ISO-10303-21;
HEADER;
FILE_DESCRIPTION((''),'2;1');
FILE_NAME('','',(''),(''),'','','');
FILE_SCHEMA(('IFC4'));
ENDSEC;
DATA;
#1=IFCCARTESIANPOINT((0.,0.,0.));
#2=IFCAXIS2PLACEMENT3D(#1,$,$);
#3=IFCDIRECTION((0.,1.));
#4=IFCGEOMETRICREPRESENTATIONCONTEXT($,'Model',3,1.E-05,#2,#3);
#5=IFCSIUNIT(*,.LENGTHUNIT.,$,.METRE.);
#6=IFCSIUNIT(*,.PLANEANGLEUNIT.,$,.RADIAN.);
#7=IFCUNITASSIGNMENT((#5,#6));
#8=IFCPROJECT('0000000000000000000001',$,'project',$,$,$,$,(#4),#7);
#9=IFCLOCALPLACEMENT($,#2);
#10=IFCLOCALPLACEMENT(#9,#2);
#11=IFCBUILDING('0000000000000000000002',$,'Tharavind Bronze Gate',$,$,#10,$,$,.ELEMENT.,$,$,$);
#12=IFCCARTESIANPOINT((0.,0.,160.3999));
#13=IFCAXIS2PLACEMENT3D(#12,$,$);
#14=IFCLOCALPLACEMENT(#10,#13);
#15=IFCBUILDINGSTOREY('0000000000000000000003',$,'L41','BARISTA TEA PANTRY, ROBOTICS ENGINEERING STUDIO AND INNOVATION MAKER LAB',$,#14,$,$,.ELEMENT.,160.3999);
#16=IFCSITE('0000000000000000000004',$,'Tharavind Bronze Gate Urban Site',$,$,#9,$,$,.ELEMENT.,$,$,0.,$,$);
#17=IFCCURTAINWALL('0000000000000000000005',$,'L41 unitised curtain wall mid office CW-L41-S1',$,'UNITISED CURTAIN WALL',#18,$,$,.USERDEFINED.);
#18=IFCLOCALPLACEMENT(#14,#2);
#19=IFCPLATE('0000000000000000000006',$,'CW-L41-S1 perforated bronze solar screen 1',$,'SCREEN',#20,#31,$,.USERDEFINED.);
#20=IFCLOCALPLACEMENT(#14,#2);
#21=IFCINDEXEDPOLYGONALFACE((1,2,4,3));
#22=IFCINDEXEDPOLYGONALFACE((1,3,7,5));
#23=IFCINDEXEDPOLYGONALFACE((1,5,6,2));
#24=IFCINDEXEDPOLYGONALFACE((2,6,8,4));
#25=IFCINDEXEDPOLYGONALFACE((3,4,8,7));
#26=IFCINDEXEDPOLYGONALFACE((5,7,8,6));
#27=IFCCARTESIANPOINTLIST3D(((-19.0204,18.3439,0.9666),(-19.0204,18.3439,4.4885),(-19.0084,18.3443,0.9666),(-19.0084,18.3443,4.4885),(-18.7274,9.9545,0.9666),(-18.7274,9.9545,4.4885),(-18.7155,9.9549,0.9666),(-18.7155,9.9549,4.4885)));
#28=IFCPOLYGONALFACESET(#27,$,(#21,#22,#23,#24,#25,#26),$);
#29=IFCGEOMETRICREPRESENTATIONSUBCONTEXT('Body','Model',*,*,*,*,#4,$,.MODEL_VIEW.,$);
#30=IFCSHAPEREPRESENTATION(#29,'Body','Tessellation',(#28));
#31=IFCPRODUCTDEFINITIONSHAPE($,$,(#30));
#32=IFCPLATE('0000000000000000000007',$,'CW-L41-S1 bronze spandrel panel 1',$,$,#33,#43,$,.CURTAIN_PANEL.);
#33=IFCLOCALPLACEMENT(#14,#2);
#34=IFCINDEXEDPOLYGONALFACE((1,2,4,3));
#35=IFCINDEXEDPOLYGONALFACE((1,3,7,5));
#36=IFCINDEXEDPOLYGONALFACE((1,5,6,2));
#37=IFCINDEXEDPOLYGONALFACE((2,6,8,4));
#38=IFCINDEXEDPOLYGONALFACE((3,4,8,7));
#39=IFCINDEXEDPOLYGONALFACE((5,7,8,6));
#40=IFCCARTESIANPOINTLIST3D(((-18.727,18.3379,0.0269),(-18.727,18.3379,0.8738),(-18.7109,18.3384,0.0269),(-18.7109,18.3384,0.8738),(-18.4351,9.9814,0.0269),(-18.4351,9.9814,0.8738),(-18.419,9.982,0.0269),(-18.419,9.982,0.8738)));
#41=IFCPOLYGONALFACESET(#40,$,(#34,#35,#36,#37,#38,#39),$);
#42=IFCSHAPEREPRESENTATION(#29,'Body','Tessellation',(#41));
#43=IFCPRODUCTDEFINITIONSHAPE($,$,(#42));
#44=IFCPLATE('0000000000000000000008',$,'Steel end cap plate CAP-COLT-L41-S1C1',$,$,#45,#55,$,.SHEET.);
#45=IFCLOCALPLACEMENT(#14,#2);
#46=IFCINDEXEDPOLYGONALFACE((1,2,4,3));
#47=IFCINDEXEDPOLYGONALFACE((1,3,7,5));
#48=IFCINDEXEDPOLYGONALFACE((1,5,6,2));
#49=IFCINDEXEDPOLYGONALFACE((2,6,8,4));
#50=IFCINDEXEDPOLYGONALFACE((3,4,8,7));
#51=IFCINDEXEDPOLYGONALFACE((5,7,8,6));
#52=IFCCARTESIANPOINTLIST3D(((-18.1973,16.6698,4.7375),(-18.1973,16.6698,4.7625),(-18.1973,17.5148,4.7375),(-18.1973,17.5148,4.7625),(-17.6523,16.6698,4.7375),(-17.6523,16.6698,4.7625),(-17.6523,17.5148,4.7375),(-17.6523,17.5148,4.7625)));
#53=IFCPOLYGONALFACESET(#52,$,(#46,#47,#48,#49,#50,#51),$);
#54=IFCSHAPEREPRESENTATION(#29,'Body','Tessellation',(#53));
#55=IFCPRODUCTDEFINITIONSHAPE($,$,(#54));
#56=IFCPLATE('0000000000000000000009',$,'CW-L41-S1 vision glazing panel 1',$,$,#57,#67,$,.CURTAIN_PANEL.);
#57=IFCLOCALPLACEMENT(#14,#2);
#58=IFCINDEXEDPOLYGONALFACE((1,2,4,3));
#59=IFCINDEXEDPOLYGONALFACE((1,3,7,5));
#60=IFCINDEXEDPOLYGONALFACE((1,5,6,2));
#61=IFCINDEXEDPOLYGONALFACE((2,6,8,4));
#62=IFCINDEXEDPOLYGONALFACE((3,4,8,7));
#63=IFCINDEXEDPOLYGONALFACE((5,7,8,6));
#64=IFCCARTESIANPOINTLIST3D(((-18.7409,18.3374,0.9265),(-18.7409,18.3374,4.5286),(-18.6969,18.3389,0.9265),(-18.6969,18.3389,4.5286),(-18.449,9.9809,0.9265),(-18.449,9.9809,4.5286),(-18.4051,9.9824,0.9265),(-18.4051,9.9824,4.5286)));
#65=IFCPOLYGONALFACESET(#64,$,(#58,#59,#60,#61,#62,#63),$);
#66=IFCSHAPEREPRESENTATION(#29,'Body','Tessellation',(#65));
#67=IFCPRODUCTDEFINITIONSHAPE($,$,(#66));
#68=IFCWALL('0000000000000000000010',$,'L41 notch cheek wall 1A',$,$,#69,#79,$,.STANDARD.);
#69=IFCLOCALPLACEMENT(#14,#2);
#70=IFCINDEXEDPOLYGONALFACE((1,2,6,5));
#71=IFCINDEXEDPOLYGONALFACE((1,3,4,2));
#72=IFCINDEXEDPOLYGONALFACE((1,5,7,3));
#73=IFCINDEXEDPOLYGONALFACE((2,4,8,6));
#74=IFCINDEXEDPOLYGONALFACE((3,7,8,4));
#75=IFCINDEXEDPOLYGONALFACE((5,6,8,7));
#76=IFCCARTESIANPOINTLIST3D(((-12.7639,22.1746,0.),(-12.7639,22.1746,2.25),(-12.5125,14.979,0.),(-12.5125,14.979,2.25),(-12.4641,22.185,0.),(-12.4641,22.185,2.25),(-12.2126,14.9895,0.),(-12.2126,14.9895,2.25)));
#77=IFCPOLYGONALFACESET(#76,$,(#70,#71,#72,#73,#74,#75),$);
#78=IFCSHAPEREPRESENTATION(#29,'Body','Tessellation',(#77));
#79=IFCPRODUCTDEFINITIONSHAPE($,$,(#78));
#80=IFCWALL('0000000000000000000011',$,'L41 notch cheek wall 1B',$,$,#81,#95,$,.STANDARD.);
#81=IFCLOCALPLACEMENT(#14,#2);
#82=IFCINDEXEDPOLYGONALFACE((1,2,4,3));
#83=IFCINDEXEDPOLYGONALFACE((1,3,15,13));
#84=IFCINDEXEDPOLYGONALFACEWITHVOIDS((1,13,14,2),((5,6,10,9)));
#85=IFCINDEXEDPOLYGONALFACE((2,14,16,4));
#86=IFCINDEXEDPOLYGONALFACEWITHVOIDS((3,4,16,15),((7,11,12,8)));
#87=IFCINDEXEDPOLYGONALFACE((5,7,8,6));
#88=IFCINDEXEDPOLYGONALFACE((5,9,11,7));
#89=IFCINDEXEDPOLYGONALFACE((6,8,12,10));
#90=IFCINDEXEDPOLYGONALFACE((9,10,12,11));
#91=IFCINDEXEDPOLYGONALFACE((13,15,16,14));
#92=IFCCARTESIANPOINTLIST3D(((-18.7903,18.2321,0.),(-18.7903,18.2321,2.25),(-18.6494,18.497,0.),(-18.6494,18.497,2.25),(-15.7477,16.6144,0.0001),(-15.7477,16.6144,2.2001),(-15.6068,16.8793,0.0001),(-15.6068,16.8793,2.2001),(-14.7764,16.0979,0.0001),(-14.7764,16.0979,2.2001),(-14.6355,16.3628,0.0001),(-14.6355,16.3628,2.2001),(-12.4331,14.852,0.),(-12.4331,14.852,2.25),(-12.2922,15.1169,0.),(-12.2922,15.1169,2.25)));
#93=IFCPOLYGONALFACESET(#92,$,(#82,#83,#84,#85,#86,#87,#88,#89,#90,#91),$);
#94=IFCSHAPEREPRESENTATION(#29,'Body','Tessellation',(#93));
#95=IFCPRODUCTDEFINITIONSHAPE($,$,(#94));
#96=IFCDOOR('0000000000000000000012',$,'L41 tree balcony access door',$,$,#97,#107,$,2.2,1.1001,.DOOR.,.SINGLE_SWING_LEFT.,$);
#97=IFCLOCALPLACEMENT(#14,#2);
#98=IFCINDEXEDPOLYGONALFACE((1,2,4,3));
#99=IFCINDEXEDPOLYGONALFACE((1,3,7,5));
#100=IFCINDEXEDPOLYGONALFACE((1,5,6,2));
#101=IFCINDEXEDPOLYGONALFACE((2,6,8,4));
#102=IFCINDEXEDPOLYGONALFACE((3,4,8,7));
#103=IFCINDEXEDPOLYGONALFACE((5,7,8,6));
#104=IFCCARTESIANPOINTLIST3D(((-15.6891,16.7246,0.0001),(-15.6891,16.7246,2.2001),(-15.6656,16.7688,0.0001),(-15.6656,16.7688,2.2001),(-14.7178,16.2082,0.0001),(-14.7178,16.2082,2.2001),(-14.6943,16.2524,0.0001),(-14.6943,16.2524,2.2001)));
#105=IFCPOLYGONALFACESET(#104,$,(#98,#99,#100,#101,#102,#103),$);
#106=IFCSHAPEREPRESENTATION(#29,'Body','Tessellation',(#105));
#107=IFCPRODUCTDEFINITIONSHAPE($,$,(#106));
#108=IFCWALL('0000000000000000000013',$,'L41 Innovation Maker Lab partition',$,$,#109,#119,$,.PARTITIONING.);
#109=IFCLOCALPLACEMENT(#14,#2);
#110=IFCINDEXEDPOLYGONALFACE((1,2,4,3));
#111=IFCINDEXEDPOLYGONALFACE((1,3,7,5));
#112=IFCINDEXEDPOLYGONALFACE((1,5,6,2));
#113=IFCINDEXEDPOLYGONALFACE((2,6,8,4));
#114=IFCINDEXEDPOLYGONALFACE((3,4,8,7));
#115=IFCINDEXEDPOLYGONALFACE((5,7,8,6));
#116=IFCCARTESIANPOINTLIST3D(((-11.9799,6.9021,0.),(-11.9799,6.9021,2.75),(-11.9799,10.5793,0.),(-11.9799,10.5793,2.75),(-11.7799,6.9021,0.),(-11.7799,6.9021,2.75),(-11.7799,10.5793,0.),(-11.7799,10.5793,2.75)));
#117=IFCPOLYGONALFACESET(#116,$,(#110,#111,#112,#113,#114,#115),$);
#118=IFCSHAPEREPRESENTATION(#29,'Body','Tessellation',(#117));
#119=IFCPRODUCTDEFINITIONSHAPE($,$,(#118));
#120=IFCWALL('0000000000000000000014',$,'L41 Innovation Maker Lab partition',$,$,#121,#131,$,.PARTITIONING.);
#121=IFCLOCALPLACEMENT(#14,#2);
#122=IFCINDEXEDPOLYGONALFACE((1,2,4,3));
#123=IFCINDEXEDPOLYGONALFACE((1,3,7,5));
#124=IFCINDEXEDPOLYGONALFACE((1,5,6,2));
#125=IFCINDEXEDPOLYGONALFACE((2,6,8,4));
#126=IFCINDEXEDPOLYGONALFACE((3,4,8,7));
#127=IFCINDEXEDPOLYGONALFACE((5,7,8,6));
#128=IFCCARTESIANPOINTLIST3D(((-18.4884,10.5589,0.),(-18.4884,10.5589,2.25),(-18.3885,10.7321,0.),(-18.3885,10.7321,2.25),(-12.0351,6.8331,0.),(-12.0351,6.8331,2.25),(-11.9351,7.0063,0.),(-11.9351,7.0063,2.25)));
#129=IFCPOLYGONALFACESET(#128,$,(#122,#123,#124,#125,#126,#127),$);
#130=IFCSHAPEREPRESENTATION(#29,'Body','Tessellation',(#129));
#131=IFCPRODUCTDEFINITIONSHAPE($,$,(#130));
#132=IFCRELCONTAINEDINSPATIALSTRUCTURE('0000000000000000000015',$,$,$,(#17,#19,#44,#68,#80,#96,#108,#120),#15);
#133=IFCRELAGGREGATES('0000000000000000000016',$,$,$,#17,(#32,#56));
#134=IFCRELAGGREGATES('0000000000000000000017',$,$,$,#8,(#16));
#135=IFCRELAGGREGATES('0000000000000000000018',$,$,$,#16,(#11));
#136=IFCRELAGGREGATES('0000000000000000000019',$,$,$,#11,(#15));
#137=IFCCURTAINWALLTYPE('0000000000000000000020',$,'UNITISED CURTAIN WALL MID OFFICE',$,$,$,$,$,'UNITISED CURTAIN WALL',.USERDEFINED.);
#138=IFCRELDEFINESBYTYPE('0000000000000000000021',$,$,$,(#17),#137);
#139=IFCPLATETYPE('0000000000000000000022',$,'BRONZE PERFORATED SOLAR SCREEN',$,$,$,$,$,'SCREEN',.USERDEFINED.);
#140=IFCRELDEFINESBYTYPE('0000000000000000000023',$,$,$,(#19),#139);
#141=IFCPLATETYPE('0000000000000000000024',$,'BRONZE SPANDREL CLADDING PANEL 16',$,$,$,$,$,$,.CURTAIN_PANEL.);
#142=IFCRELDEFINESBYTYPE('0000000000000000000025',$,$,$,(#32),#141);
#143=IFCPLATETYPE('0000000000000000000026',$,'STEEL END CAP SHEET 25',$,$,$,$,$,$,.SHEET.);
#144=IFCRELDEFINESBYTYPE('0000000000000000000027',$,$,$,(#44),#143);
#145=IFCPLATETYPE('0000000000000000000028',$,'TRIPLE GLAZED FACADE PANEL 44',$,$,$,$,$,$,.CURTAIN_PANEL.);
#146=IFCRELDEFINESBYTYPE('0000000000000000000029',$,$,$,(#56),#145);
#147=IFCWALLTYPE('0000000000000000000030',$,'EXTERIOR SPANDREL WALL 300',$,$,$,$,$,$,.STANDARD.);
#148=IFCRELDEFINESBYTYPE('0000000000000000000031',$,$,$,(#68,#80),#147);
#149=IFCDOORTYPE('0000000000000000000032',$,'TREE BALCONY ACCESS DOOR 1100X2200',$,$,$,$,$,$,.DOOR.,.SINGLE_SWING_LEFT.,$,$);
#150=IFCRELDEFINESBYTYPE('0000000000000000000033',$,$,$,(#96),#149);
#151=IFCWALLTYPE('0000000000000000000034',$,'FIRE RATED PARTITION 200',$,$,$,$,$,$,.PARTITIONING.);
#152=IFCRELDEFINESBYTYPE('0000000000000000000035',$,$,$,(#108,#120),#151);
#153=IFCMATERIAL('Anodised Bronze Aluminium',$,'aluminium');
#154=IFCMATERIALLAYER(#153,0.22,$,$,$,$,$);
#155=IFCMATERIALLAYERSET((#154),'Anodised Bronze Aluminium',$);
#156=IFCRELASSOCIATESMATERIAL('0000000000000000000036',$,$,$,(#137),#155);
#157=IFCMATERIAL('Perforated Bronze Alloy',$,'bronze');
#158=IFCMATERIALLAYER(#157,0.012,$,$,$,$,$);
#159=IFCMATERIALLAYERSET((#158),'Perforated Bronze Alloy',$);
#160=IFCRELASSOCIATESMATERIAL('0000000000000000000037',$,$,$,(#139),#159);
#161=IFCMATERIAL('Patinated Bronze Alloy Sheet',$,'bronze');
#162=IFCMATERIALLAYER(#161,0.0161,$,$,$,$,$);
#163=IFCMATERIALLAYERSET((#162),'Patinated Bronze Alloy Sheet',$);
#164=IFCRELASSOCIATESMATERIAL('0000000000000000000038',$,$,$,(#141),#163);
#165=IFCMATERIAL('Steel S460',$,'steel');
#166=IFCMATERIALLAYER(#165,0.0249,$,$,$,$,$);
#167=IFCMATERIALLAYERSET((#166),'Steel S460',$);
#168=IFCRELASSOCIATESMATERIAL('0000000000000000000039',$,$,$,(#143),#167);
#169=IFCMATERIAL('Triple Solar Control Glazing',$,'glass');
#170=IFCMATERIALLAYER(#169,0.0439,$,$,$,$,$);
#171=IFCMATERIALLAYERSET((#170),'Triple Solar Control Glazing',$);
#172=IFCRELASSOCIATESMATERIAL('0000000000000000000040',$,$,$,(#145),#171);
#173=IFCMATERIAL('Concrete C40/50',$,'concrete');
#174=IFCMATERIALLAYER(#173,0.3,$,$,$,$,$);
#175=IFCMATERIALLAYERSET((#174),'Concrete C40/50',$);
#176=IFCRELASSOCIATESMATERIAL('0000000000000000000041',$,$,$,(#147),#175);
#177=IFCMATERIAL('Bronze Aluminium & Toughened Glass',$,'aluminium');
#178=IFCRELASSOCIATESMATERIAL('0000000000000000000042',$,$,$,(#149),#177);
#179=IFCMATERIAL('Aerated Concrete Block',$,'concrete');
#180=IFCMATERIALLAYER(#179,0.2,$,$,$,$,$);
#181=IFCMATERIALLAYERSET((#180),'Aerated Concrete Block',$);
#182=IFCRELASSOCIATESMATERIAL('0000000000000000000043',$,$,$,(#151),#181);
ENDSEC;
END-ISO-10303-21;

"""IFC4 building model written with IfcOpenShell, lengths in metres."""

from ifc_helpers import new_model, si_unit, direction, frame, frame_2d, origin, origin_2d, place, context, subcontext, project, spatial, rectangle, extrude, material, layer, layer_set, type_object, element, fill, aggregate, save


model = new_model("IFC4")

# Units and contexts
model_context = context("Model", 3, precision=1e-05, world=origin(), true_north=direction((0.0, 1.0)))
body_context = subcontext(model_context, "Body", "Model", "MODEL_VIEW")
ifc_project = project(units=[si_unit("LENGTHUNIT", "METRE"), si_unit("PLANEANGLEUNIT", "RADIAN")], contexts=[model_context])

# Site, building, storey
site_placement = place(None, origin())
site = spatial("IfcSite", under=ifc_project, at=site_placement, Name="Tharavind Bronze Gate Urban Site", CompositionType="ELEMENT", RefElevation=0.0)
building_placement = place(site_placement, origin())
building = spatial("IfcBuilding", under=site, at=building_placement, Name="Tharavind Bronze Gate", CompositionType="ELEMENT")
storey_placement = place(building_placement, frame((0.0, 0.0, 160.3999)))
storey = spatial("IfcBuildingStorey", under=building, at=storey_placement, Name="L41", Description="BARISTA TEA PANTRY, ROBOTICS ENGINEERING STUDIO AND INNOVATION MAKER LAB", CompositionType="ELEMENT", Elevation=160.3999)

# Shared definitions
ifc_material_1 = material(Name="Steel S460", Category="steel")

# Curtain wall
ifc_material_2 = material(Name="Anodised Bronze Aluminium", Category="aluminium")
ifc_layer_1 = layer(ifc_material_2, 0.22)
ifc_layer_set_1 = layer_set([ifc_layer_1], Name="Anodised Bronze Aluminium")
curtain_wall_type = type_object("IfcCurtainWallType", Name="UNITISED CURTAIN WALL MID OFFICE", ElementType="UNITISED CURTAIN WALL", PredefinedType="USERDEFINED", material=ifc_layer_set_1)
curtain_wall_1_placement = place(storey_placement, origin())
curtain_wall_1 = element("IfcCurtainWall", 1, at=curtain_wall_1_placement, inside=storey, type_object=curtain_wall_type, Name="L41 unitised curtain wall mid office CW-L41-S1", ObjectType="UNITISED CURTAIN WALL", PredefinedType="USERDEFINED")

# Plates
ifc_material_3 = material(Name="Perforated Bronze Alloy", Category="bronze")
ifc_layer_2 = layer(ifc_material_3, 0.012)
ifc_layer_set_2 = layer_set([ifc_layer_2], Name="Perforated Bronze Alloy")
plate_type_1 = type_object("IfcPlateType", Name="BRONZE PERFORATED SOLAR SCREEN", ElementType="SCREEN", PredefinedType="USERDEFINED", material=ifc_layer_set_2)
plate_1_placement = place(storey_placement, frame((-18.8679, 14.1494, 0.9666), z_axis=(0.0, 0.0, 1.0), x_axis=(0.034899, -0.999391, 0.0)))
element("IfcPlate", 2, at=plate_1_placement, inside=storey, type_object=plate_type_1, Name="CW-L41-S1 perforated bronze solar screen 1", ObjectType="SCREEN", PredefinedType="USERDEFINED", context=body_context, shape_type="SweptSolid", body=[
    extrude(rectangle(XDim=8.3945, YDim=0.012, at=origin_2d()), origin(), (0.0, 0.0, 1.0), 3.522),
])
ifc_material_4 = material(Name="Patinated Bronze Alloy Sheet", Category="bronze")
ifc_layer_3 = layer(ifc_material_4, 0.0161)
ifc_layer_set_3 = layer_set([ifc_layer_3], Name="Patinated Bronze Alloy Sheet")
plate_type_2 = type_object("IfcPlateType", Name="BRONZE SPANDREL CLADDING PANEL 16", PredefinedType="CURTAIN_PANEL", material=ifc_layer_set_3)
plate_2_placement = place(storey_placement, frame((-18.573, 14.1599, 0.0269), z_axis=(0.0, 0.0, 1.0), x_axis=(0.034899, -0.999391, 0.0)))
plate_2 = element("IfcPlate", 3, at=plate_2_placement, type_object=plate_type_2, Name="CW-L41-S1 bronze spandrel panel 1", PredefinedType="CURTAIN_PANEL", context=body_context, shape_type="SweptSolid", body=[
    extrude(rectangle(XDim=8.3616, YDim=0.0161, at=origin_2d()), origin(), (0.0, 0.0, 1.0), 0.8469),
])
ifc_layer_4 = layer(ifc_material_1, 0.0249)
ifc_layer_set_4 = layer_set([ifc_layer_4], Name="Steel S460")
plate_type_3 = type_object("IfcPlateType", Name="STEEL END CAP SHEET 25", PredefinedType="SHEET", material=ifc_layer_set_4)
plate_3_placement = place(storey_placement, frame((-17.9248, 17.0923, 4.7375), z_axis=(0.0, 0.0, 1.0), x_axis=(1.0, 0.0, 0.0)))
element("IfcPlate", 4, at=plate_3_placement, inside=storey, type_object=plate_type_3, Name="Steel end cap plate CAP-COLT-L41-S1C1", PredefinedType="SHEET", context=body_context, shape_type="SweptSolid", body=[
    extrude(rectangle(XDim=0.5449, YDim=0.845, at=origin_2d()), origin(), (0.0, 0.0, 1.0), 0.0249),
])
ifc_material_5 = material(Name="Triple Solar Control Glazing", Category="glass")
ifc_layer_5 = layer(ifc_material_5, 0.0439)
ifc_layer_set_5 = layer_set([ifc_layer_5], Name="Triple Solar Control Glazing")
plate_type_4 = type_object("IfcPlateType", Name="TRIPLE GLAZED FACADE PANEL 44", PredefinedType="CURTAIN_PANEL", material=ifc_layer_set_5)
plate_4_placement = place(storey_placement, frame((-18.573, 14.1599, 0.9265), z_axis=(0.0, 0.0, 1.0), x_axis=(0.034899, -0.999391, 0.0)))
plate_4 = element("IfcPlate", 5, at=plate_4_placement, type_object=plate_type_4, Name="CW-L41-S1 vision glazing panel 1", PredefinedType="CURTAIN_PANEL", context=body_context, shape_type="SweptSolid", body=[
    extrude(rectangle(XDim=8.3616, YDim=0.0439, at=origin_2d()), origin(), (0.0, 0.0, 1.0), 3.6021),
])
aggregate(curtain_wall_1, [plate_2, plate_4])

# Wall
ifc_material_6 = material(Name="Concrete C40/50", Category="concrete")
ifc_layer_6 = layer(ifc_material_6, 0.3)
ifc_layer_set_6 = layer_set([ifc_layer_6], Name="Concrete C40/50")
wall_type_1 = type_object("IfcWallType", Name="EXTERIOR SPANDREL WALL 300", PredefinedType="STANDARD", material=ifc_layer_set_6)
wall_1_placement = place(storey_placement, frame((-12.614, 22.1799, 0.0), z_axis=(0.0, 0.0, 1.0), x_axis=(0.034926, -0.99939, 0.0)))
element("IfcWall", 6, at=wall_1_placement, inside=storey, type_object=wall_type_1, Name="L41 notch cheek wall 1A", PredefinedType="STANDARD", context=body_context, shape_type="SweptSolid", body=[
    extrude(rectangle(XDim=7.2, YDim=0.3, at=frame_2d((3.6001, 0.0))), origin(), (0.0, 0.0, 1.0), 2.25),
])

# Wall, opening, door
wall_2_placement = place(storey_placement, frame((-12.3625, 14.9844, 0.0), z_axis=(0.0, 0.0, 1.0), x_axis=(-0.88295, 0.469467, 0.0)))
wall_2 = element("IfcWall", 7, at=wall_2_placement, inside=storey, type_object=wall_type_1, Name="L41 notch cheek wall 1B", PredefinedType="STANDARD", context=body_context, shape_type="SweptSolid", body=[
    extrude(rectangle(XDim=7.2, YDim=0.3, at=frame_2d((3.6001, 0.0))), origin(), (0.0, 0.0, 1.0), 2.25),
])
opening_placement = place(wall_2_placement, frame((2.6541, 0.0, 0.0)))
opening = element("IfcOpeningElement", 8, at=opening_placement, cuts=wall_2, PredefinedType="OPENING", context=body_context, shape_type="SweptSolid", body=[
    extrude(rectangle(XDim=1.1001, YDim=2.2, at=frame_2d((0.55, 1.1001))), frame((0.0, 0.1599, 0.0), z_axis=(0.0, -1.0, 0.0), x_axis=(1.0, 0.0, 0.0)), (0.0, 0.0, 1.0), 0.32),
])
ifc_material_7 = material(Name="Bronze Aluminium & Toughened Glass", Category="aluminium")
door_type = type_object("IfcDoorType", Name="TREE BALCONY ACCESS DOOR 1100X2200", OperationType="SINGLE_SWING_LEFT", PredefinedType="DOOR", material=ifc_material_7)
door_placement = place(opening_placement, frame((1.1001, 0.0, 0.0), z_axis=(0.0, 0.0, 1.0), x_axis=(-1.0, 0.0, 0.0)))
door = element("IfcDoor", 9, at=door_placement, inside=storey, type_object=door_type, Name="L41 tree balcony access door", OperationType="SINGLE_SWING_LEFT", OverallHeight=2.2, OverallWidth=1.1001, PredefinedType="DOOR", context=body_context, shape_type="SweptSolid", body=[
    extrude(rectangle(XDim=1.1001, YDim=2.2, at=frame_2d((0.55, 1.1001))), frame((0.0, 0.0249, 0.0), z_axis=(0.0, -1.0, 0.0), x_axis=(1.0, 0.0, 0.0)), (0.0, 0.0, 1.0), 0.05),
])
fill(opening, door)

# Walls
ifc_material_8 = material(Name="Aerated Concrete Block", Category="concrete")
ifc_layer_7 = layer(ifc_material_8, 0.2)
ifc_layer_set_7 = layer_set([ifc_layer_7], Name="Aerated Concrete Block")
wall_type_2 = type_object("IfcWallType", Name="FIRE RATED PARTITION 200", PredefinedType="PARTITIONING", material=ifc_layer_set_7)
wall_3_placement = place(storey_placement, frame((-11.8799, 10.5793, 0.0), z_axis=(0.0, 0.0, 1.0), x_axis=(0.0, -1.0, 0.0)))
element("IfcWall", 10, at=wall_3_placement, inside=storey, type_object=wall_type_2, Name="L41 Innovation Maker Lab partition", PredefinedType="PARTITIONING", context=body_context, shape_type="SweptSolid", body=[
    extrude(rectangle(XDim=3.6772, YDim=0.2, at=frame_2d((1.8386, 0.0))), origin(), (0.0, 0.0, 1.0), 2.75),
])
wall_4_placement = place(storey_placement, frame((-11.9851, 6.9197, 0.0), z_axis=(0.0, 0.0, 1.0), x_axis=(-0.866027, 0.499998, 0.0)))
element("IfcWall", 11, at=wall_4_placement, inside=storey, type_object=wall_type_2, Name="L41 Innovation Maker Lab partition", PredefinedType="PARTITIONING", context=body_context, shape_type="SweptSolid", body=[
    extrude(rectangle(XDim=7.4517, YDim=0.2, at=frame_2d((3.7258, 0.0))), origin(), (0.0, 0.0, 1.0), 2.25),
])

save(model, "model.ifc")
